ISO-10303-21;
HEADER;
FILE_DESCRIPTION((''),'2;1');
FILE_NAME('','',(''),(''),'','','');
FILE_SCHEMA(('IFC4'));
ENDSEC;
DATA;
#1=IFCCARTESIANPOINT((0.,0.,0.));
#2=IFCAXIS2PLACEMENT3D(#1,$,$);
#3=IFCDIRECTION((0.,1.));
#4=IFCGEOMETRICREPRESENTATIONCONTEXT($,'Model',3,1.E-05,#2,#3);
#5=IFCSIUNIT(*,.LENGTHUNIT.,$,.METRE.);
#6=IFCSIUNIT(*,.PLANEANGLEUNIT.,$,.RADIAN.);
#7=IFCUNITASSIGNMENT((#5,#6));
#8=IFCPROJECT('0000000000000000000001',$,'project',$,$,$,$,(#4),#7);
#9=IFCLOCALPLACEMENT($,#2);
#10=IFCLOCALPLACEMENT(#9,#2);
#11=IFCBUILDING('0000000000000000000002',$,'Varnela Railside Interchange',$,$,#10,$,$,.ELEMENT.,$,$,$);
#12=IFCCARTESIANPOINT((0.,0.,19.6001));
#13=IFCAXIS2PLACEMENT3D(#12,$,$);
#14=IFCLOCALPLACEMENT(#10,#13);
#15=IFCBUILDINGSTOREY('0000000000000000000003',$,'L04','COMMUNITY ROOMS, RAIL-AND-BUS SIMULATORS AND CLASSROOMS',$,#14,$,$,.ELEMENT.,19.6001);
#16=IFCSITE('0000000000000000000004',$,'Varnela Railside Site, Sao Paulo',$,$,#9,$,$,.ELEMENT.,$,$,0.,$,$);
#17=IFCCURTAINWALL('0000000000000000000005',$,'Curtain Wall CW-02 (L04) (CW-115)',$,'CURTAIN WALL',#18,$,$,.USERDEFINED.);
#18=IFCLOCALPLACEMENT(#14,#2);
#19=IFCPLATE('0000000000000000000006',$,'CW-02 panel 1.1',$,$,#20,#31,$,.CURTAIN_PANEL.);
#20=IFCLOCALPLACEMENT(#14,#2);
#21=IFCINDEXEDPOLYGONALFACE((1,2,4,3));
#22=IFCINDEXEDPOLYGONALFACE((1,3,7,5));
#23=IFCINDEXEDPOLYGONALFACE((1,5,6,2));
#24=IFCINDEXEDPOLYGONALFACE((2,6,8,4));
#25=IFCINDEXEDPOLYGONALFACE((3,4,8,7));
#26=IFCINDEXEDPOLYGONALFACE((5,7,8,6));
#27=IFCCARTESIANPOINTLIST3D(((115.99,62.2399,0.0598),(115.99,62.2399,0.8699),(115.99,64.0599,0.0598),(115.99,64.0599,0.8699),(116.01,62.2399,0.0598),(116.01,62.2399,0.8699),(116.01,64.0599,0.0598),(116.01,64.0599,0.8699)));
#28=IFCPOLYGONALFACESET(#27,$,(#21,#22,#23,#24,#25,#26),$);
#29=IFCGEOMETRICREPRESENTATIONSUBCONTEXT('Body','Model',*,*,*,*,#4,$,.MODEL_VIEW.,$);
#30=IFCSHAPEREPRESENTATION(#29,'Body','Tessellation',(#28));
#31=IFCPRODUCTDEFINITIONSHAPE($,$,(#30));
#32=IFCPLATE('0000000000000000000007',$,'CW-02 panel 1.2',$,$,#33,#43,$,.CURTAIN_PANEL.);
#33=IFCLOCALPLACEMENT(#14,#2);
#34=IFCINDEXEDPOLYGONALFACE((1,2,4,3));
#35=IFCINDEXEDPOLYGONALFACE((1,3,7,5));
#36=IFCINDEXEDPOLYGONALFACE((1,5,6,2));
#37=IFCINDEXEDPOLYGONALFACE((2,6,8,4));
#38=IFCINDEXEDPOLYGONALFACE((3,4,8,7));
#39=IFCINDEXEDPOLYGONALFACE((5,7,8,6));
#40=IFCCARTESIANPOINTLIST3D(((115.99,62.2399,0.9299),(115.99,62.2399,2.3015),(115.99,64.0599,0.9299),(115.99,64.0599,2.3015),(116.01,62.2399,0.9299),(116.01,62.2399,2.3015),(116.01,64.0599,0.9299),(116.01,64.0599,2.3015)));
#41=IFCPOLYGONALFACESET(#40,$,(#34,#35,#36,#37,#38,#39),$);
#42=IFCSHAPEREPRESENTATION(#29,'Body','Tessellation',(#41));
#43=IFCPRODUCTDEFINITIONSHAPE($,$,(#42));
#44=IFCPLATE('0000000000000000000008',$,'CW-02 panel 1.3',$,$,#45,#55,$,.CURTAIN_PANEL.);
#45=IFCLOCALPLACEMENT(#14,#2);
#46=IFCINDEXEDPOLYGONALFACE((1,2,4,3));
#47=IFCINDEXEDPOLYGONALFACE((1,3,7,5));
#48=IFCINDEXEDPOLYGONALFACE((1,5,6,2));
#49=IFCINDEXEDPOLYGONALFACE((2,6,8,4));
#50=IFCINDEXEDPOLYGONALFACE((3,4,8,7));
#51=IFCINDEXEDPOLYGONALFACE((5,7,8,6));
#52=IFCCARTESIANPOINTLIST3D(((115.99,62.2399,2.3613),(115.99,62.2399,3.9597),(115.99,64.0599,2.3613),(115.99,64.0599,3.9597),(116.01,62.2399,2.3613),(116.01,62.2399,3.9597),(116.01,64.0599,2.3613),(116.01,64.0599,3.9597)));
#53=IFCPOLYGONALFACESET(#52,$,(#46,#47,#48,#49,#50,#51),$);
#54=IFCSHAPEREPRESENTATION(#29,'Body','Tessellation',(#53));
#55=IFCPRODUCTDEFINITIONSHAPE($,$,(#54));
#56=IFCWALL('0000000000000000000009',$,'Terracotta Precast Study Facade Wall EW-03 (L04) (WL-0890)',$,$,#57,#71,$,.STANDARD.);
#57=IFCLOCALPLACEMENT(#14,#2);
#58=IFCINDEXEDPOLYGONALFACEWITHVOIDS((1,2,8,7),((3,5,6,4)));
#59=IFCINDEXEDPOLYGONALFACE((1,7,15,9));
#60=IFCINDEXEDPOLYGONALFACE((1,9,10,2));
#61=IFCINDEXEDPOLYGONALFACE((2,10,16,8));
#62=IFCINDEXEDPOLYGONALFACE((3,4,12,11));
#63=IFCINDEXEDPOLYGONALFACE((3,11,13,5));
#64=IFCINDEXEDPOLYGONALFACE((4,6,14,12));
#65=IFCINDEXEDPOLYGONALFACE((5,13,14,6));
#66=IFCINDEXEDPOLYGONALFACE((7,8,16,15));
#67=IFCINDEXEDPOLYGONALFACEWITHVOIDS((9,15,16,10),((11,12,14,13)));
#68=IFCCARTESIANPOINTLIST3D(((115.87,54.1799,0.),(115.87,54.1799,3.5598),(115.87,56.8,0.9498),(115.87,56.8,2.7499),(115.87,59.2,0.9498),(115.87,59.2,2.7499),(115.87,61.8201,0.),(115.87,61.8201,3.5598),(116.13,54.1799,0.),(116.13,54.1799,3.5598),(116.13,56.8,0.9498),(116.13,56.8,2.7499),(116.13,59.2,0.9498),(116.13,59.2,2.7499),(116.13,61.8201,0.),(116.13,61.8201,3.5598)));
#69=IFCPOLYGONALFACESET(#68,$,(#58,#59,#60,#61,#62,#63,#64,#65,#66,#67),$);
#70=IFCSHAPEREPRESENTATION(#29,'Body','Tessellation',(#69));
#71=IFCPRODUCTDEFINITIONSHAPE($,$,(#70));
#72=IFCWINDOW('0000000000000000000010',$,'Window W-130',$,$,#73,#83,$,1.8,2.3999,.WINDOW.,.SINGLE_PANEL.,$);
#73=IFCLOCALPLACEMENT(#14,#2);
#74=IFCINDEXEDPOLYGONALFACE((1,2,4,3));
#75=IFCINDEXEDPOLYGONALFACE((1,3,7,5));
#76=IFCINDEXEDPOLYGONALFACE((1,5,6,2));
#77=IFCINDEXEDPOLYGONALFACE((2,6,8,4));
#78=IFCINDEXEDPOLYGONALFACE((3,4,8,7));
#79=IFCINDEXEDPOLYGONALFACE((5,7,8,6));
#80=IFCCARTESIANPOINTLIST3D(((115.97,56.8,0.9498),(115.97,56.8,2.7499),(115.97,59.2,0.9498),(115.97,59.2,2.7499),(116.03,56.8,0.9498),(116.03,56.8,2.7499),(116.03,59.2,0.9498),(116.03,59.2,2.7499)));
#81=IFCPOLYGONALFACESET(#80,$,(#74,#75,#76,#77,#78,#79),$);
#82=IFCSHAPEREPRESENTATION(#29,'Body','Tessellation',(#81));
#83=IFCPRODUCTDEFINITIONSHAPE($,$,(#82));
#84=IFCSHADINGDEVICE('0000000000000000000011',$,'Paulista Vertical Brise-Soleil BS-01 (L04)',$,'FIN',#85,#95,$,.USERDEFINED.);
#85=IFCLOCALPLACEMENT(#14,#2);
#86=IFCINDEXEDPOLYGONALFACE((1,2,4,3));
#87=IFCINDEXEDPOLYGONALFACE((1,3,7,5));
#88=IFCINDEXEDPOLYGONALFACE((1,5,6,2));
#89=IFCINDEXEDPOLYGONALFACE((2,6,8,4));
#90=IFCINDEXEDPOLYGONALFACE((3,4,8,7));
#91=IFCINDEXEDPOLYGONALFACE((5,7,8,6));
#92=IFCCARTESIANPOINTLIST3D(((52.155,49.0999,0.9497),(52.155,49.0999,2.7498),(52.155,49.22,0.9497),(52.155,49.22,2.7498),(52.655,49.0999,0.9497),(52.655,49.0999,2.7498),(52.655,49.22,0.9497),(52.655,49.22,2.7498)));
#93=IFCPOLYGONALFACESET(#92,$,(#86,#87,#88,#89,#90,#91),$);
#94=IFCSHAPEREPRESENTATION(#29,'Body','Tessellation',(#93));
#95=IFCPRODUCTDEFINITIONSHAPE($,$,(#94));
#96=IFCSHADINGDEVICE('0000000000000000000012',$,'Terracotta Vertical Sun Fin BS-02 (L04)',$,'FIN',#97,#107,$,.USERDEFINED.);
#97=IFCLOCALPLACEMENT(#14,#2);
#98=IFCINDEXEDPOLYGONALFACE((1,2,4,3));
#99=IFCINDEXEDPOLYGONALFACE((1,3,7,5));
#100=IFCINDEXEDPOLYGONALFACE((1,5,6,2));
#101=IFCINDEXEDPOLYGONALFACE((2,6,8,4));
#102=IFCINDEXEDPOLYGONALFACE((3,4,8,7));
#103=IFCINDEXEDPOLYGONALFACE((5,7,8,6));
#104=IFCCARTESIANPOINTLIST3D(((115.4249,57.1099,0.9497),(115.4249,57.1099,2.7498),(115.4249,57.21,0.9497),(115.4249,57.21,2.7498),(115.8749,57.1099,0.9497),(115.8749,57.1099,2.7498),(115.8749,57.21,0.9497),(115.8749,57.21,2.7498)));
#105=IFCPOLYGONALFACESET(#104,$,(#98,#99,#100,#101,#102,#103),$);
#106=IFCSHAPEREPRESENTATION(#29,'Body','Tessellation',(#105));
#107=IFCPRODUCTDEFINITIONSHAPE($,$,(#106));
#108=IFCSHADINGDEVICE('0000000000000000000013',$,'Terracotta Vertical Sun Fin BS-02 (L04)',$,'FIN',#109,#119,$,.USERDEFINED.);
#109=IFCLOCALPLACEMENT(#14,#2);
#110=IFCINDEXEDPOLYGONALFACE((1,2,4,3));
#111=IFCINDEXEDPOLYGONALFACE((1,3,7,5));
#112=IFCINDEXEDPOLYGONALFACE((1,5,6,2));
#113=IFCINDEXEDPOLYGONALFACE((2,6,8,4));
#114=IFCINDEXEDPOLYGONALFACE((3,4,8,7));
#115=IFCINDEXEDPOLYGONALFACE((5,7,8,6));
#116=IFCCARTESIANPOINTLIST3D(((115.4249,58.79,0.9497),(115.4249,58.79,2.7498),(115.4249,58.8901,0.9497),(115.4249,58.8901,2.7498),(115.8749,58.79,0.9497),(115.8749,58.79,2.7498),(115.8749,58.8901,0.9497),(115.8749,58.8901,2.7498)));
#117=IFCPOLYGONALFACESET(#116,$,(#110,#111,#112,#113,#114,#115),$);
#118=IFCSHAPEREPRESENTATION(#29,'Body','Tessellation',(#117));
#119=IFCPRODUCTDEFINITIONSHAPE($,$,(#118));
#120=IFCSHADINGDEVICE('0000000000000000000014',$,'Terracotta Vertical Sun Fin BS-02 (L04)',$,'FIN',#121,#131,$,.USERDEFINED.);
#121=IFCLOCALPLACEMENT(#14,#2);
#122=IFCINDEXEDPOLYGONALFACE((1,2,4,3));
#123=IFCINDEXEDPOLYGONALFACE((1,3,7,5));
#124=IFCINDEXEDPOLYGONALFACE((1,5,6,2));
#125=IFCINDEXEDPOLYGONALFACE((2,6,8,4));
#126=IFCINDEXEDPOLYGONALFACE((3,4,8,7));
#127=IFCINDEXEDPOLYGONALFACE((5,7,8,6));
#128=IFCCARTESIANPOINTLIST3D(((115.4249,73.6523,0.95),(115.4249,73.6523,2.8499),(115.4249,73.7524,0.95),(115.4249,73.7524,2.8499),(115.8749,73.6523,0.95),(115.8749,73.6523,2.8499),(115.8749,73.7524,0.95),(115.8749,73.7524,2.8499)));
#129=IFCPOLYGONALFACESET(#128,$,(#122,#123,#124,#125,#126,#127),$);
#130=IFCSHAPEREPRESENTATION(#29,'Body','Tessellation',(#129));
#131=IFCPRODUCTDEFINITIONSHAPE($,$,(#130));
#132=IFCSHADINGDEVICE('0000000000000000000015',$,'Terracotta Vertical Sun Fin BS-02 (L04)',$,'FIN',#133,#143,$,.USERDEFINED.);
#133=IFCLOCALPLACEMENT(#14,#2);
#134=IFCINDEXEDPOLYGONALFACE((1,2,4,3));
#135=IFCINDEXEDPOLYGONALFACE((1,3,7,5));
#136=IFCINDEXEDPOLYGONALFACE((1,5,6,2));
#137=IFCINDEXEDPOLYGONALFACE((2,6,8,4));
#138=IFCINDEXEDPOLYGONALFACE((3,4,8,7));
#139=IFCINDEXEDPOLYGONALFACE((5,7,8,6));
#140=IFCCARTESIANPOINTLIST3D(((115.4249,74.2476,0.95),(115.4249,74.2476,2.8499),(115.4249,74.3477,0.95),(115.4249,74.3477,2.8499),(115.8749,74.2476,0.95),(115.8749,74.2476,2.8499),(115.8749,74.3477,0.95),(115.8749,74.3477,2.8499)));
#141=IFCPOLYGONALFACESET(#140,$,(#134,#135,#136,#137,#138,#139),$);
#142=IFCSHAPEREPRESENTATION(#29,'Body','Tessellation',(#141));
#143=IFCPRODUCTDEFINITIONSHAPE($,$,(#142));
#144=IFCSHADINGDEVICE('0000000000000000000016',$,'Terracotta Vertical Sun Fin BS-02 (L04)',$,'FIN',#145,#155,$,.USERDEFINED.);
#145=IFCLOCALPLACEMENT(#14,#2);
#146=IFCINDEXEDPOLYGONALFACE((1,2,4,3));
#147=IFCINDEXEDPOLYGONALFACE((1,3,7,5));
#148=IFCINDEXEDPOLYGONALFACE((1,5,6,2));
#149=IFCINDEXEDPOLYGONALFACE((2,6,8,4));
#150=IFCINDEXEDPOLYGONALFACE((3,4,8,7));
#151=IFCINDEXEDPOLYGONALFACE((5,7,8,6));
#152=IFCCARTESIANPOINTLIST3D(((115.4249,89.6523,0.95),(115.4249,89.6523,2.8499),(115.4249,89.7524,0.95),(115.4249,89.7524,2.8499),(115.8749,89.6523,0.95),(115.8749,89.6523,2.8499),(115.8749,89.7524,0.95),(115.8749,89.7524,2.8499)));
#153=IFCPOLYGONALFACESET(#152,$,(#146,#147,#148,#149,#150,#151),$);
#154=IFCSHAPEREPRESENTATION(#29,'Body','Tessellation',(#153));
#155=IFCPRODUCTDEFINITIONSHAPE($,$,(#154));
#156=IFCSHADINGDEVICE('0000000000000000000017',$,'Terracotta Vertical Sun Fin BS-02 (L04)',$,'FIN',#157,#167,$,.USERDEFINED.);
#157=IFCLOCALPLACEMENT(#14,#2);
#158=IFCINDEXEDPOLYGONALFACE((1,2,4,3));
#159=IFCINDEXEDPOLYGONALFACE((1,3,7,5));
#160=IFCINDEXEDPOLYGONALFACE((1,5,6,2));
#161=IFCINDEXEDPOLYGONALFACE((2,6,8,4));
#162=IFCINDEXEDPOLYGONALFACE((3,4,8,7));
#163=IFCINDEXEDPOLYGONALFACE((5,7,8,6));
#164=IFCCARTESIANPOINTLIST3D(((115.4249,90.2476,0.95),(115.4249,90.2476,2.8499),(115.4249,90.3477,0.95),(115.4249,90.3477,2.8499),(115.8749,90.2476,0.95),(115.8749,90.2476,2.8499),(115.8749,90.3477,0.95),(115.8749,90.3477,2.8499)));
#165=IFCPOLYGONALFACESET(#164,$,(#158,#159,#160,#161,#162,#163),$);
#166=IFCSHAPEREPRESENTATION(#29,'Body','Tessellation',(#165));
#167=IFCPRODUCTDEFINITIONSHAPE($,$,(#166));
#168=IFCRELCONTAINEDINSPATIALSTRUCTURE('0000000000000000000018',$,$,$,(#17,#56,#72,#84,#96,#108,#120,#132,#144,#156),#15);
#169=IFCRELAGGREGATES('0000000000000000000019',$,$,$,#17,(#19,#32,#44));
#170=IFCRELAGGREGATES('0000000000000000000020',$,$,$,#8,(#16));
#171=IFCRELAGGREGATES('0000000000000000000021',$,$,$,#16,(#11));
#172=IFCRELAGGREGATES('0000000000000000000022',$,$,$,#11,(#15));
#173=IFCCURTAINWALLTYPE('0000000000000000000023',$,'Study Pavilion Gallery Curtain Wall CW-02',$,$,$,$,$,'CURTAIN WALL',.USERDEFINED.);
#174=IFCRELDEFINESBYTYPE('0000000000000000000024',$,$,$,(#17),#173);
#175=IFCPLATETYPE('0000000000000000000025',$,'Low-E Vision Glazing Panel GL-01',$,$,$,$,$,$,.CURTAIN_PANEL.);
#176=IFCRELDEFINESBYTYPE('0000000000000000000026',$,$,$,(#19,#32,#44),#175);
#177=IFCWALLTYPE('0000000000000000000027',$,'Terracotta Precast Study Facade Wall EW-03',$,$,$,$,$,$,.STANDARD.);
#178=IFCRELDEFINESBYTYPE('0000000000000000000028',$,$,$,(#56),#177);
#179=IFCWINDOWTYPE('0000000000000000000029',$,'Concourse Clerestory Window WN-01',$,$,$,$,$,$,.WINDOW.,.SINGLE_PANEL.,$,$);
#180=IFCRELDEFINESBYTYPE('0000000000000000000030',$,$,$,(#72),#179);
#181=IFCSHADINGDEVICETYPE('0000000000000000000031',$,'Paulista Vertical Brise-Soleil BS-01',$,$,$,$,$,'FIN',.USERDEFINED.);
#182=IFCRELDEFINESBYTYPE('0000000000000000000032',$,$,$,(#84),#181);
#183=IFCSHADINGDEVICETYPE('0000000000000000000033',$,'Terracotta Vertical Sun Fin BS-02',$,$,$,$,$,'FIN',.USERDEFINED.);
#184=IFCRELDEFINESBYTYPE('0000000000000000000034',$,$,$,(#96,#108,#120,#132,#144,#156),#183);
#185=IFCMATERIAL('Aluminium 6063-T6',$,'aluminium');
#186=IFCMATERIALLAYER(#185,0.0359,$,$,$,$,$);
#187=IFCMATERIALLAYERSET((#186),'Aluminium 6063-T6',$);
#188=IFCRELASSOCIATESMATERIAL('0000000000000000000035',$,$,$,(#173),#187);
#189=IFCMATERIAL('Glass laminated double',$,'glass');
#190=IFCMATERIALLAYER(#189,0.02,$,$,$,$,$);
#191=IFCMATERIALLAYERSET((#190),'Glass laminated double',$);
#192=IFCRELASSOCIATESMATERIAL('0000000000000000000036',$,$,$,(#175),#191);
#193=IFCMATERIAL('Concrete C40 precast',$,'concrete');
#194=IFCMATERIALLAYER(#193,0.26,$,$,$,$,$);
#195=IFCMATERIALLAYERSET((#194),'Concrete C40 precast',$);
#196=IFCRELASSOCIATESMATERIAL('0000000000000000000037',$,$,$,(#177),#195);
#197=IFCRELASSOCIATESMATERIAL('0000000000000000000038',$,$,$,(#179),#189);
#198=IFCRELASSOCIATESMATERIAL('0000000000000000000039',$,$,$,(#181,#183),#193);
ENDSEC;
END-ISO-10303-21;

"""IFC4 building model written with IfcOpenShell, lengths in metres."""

from ifc_helpers import new_model, si_unit, direction, frame, frame_2d, origin, origin_2d, place, context, subcontext, project, spatial, rectangle, extrude, material, layer, layer_set, type_object, element, fill, aggregate, save


model = new_model("IFC4")

# Units and contexts
model_context = context("Model", 3, precision=1e-05, world=origin(), true_north=direction((0.0, 1.0)))
body_context = subcontext(model_context, "Body", "Model", "MODEL_VIEW")
ifc_project = project(units=[si_unit("LENGTHUNIT", "METRE"), si_unit("PLANEANGLEUNIT", "RADIAN")], contexts=[model_context])

# Site, building, storey
site_placement = place(None, origin())
site = spatial("IfcSite", under=ifc_project, at=site_placement, Name="Varnela Railside Site, Sao Paulo", CompositionType="ELEMENT", RefElevation=0.0)
building_placement = place(site_placement, origin())
building = spatial("IfcBuilding", under=site, at=building_placement, Name="Varnela Railside Interchange", CompositionType="ELEMENT")
storey_placement = place(building_placement, frame((0.0, 0.0, 19.6001)))
storey = spatial("IfcBuildingStorey", under=building, at=storey_placement, Name="L04", Description="COMMUNITY ROOMS, RAIL-AND-BUS SIMULATORS AND CLASSROOMS", CompositionType="ELEMENT", Elevation=19.6001)

# Curtain wall
ifc_material_1 = material(Name="Aluminium 6063-T6", Category="aluminium")
ifc_layer_1 = layer(ifc_material_1, 0.0359)
ifc_layer_set_1 = layer_set([ifc_layer_1], Name="Aluminium 6063-T6")
curtain_wall_type = type_object("IfcCurtainWallType", Name="Study Pavilion Gallery Curtain Wall CW-02", ElementType="CURTAIN WALL", PredefinedType="USERDEFINED", material=ifc_layer_set_1)
curtain_wall_placement = place(storey_placement, origin())
curtain_wall = element("IfcCurtainWall", 1, at=curtain_wall_placement, inside=storey, type_object=curtain_wall_type, Name="Curtain Wall CW-02 (L04) (CW-115)", ObjectType="CURTAIN WALL", PredefinedType="USERDEFINED")

# Plates
ifc_material_2 = material(Name="Glass laminated double", Category="glass")
ifc_layer_2 = layer(ifc_material_2, 0.02)
ifc_layer_set_2 = layer_set([ifc_layer_2], Name="Glass laminated double")
plate_type = type_object("IfcPlateType", Name="Low-E Vision Glazing Panel GL-01", PredefinedType="CURTAIN_PANEL", material=ifc_layer_set_2)
plate_1_placement = place(storey_placement, frame((116.0, 63.1499, 0.0598), z_axis=(0.0, 0.0, 1.0), x_axis=(0.0, 1.0, 0.0)))
plate_1 = element("IfcPlate", 2, at=plate_1_placement, type_object=plate_type, Name="CW-02 panel 1.1", PredefinedType="CURTAIN_PANEL", context=body_context, shape_type="SweptSolid", body=[
    extrude(rectangle(XDim=1.8201, YDim=0.02, at=origin_2d()), origin(), (0.0, 0.0, 1.0), 0.8101),
])
plate_2_placement = place(storey_placement, frame((116.0, 63.1499, 0.9299), z_axis=(0.0, 0.0, 1.0), x_axis=(0.0, 1.0, 0.0)))
plate_2 = element("IfcPlate", 3, at=plate_2_placement, type_object=plate_type, Name="CW-02 panel 1.2", PredefinedType="CURTAIN_PANEL", context=body_context, shape_type="SweptSolid", body=[
    extrude(rectangle(XDim=1.8201, YDim=0.02, at=origin_2d()), origin(), (0.0, 0.0, 1.0), 1.3716),
])
plate_3_placement = place(storey_placement, frame((116.0, 63.1499, 2.3613), z_axis=(0.0, 0.0, 1.0), x_axis=(0.0, 1.0, 0.0)))
plate_3 = element("IfcPlate", 4, at=plate_3_placement, type_object=plate_type, Name="CW-02 panel 1.3", PredefinedType="CURTAIN_PANEL", context=body_context, shape_type="SweptSolid", body=[
    extrude(rectangle(XDim=1.8201, YDim=0.02, at=origin_2d()), origin(), (0.0, 0.0, 1.0), 1.5984),
])
aggregate(curtain_wall, [plate_1, plate_2, plate_3])

# Wall, opening, window
ifc_material_3 = material(Name="Concrete C40 precast", Category="concrete")
ifc_layer_3 = layer(ifc_material_3, 0.26)
ifc_layer_set_3 = layer_set([ifc_layer_3], Name="Concrete C40 precast")
wall_type = type_object("IfcWallType", Name="Terracotta Precast Study Facade Wall EW-03", PredefinedType="STANDARD", material=ifc_layer_set_3)
wall_placement = place(storey_placement, frame((116.0, 54.1799, 0.0), z_axis=(0.0, 0.0, 1.0), x_axis=(0.0, 1.0, 0.0)))
wall = element("IfcWall", 5, at=wall_placement, inside=storey, type_object=wall_type, Name="Terracotta Precast Study Facade Wall EW-03 (L04) (WL-0890)", PredefinedType="STANDARD", context=body_context, shape_type="SweptSolid", body=[
    extrude(rectangle(XDim=7.6401, YDim=0.26, at=frame_2d((3.8201, 0.0))), origin(), (0.0, 0.0, 1.0), 3.5598),
])
opening_placement = place(wall_placement, frame((2.6201, 0.0, 0.95)))
opening = element("IfcOpeningElement", 6, at=opening_placement, cuts=wall, PredefinedType="OPENING", context=body_context, shape_type="SweptSolid", body=[
    extrude(rectangle(XDim=2.3999, YDim=1.8, at=frame_2d((1.2, 0.8999))), frame((0.0, 0.1399, 0.0), z_axis=(0.0, -1.0, 0.0), x_axis=(1.0, 0.0, 0.0)), (0.0, 0.0, 1.0), 0.28),
])
window_type = type_object("IfcWindowType", Name="Concourse Clerestory Window WN-01", PartitioningType="SINGLE_PANEL", PredefinedType="WINDOW", material=ifc_material_2)
window_placement = place(opening_placement, origin())
window = element("IfcWindow", 7, at=window_placement, inside=storey, type_object=window_type, Name="Window W-130", OverallHeight=1.8, OverallWidth=2.3999, PartitioningType="SINGLE_PANEL", PredefinedType="WINDOW", context=body_context, shape_type="SweptSolid", body=[
    extrude(rectangle(XDim=2.3999, YDim=1.8, at=frame_2d((1.2, 0.8999))), frame((0.0, 0.03, 0.0), z_axis=(0.0, -1.0, 0.0), x_axis=(1.0, 0.0, 0.0)), (0.0, 0.0, 1.0), 0.0601),
])
fill(opening, window)

# Shading devices
shading_device_type_1 = type_object("IfcShadingDeviceType", Name="Paulista Vertical Brise-Soleil BS-01", ElementType="FIN", PredefinedType="USERDEFINED", material=ifc_material_3)
shading_device_placement = place(storey_placement, frame((52.405, 49.1599, 0.9497), z_axis=(0.0, 0.0, 1.0), x_axis=(1.0, 0.0, 0.0)))
element("IfcShadingDevice", 8, at=shading_device_placement, inside=storey, type_object=shading_device_type_1, Name="Paulista Vertical Brise-Soleil BS-01 (L04)", ObjectType="FIN", PredefinedType="USERDEFINED", context=body_context, shape_type="SweptSolid", body=[
    extrude(rectangle(XDim=0.5, YDim=0.1201, at=origin_2d()), origin(), (0.0, 0.0, 1.0), 1.8),
])
shading_device_type_2 = type_object("IfcShadingDeviceType", Name="Terracotta Vertical Sun Fin BS-02", ElementType="FIN", PredefinedType="USERDEFINED", material=ifc_material_3)
for number, where, z_axis, x_axis, name in (
    (9, (115.6499, 57.1599, 0.9497), (0.0, 0.0, 1.0), (-1.0, 0.0, 0.0), "Terracotta Vertical Sun Fin BS-02 (L04)"),
    (10, (115.6499, 58.8401, 0.9497), (0.0, 0.0, 1.0), (-1.0, 0.0, 0.0), "Terracotta Vertical Sun Fin BS-02 (L04)"),
):
    element("IfcShadingDevice", number, at=place(storey_placement, frame(where, z_axis=z_axis, x_axis=x_axis)), inside=storey, type_object=shading_device_type_2, Name=name, ObjectType="FIN", PredefinedType="USERDEFINED", context=body_context, shape_type="SweptSolid", body=[
        extrude(rectangle(XDim=0.45, YDim=0.1001, at=origin_2d()), origin(), (0.0, 0.0, 1.0), 1.8),
    ])
for number, where, z_axis, x_axis, name in (
    (11, (115.6499, 73.7024, 0.95), (0.0, 0.0, 1.0), (-1.0, 0.0, 0.0), "Terracotta Vertical Sun Fin BS-02 (L04)"),
    (12, (115.6499, 74.2976, 0.95), (0.0, 0.0, 1.0), (-1.0, 0.0, 0.0), "Terracotta Vertical Sun Fin BS-02 (L04)"),
    (13, (115.6499, 89.7024, 0.95), (0.0, 0.0, 1.0), (-1.0, 0.0, 0.0), "Terracotta Vertical Sun Fin BS-02 (L04)"),
    (14, (115.6499, 90.2976, 0.95), (0.0, 0.0, 1.0), (-1.0, 0.0, 0.0), "Terracotta Vertical Sun Fin BS-02 (L04)"),
):
    element("IfcShadingDevice", number, at=place(storey_placement, frame(where, z_axis=z_axis, x_axis=x_axis)), inside=storey, type_object=shading_device_type_2, Name=name, ObjectType="FIN", PredefinedType="USERDEFINED", context=body_context, shape_type="SweptSolid", body=[
        extrude(rectangle(XDim=0.45, YDim=0.1001, at=origin_2d()), origin(), (0.0, 0.0, 1.0), 1.8999),
    ])

save(model, "model.ifc")
